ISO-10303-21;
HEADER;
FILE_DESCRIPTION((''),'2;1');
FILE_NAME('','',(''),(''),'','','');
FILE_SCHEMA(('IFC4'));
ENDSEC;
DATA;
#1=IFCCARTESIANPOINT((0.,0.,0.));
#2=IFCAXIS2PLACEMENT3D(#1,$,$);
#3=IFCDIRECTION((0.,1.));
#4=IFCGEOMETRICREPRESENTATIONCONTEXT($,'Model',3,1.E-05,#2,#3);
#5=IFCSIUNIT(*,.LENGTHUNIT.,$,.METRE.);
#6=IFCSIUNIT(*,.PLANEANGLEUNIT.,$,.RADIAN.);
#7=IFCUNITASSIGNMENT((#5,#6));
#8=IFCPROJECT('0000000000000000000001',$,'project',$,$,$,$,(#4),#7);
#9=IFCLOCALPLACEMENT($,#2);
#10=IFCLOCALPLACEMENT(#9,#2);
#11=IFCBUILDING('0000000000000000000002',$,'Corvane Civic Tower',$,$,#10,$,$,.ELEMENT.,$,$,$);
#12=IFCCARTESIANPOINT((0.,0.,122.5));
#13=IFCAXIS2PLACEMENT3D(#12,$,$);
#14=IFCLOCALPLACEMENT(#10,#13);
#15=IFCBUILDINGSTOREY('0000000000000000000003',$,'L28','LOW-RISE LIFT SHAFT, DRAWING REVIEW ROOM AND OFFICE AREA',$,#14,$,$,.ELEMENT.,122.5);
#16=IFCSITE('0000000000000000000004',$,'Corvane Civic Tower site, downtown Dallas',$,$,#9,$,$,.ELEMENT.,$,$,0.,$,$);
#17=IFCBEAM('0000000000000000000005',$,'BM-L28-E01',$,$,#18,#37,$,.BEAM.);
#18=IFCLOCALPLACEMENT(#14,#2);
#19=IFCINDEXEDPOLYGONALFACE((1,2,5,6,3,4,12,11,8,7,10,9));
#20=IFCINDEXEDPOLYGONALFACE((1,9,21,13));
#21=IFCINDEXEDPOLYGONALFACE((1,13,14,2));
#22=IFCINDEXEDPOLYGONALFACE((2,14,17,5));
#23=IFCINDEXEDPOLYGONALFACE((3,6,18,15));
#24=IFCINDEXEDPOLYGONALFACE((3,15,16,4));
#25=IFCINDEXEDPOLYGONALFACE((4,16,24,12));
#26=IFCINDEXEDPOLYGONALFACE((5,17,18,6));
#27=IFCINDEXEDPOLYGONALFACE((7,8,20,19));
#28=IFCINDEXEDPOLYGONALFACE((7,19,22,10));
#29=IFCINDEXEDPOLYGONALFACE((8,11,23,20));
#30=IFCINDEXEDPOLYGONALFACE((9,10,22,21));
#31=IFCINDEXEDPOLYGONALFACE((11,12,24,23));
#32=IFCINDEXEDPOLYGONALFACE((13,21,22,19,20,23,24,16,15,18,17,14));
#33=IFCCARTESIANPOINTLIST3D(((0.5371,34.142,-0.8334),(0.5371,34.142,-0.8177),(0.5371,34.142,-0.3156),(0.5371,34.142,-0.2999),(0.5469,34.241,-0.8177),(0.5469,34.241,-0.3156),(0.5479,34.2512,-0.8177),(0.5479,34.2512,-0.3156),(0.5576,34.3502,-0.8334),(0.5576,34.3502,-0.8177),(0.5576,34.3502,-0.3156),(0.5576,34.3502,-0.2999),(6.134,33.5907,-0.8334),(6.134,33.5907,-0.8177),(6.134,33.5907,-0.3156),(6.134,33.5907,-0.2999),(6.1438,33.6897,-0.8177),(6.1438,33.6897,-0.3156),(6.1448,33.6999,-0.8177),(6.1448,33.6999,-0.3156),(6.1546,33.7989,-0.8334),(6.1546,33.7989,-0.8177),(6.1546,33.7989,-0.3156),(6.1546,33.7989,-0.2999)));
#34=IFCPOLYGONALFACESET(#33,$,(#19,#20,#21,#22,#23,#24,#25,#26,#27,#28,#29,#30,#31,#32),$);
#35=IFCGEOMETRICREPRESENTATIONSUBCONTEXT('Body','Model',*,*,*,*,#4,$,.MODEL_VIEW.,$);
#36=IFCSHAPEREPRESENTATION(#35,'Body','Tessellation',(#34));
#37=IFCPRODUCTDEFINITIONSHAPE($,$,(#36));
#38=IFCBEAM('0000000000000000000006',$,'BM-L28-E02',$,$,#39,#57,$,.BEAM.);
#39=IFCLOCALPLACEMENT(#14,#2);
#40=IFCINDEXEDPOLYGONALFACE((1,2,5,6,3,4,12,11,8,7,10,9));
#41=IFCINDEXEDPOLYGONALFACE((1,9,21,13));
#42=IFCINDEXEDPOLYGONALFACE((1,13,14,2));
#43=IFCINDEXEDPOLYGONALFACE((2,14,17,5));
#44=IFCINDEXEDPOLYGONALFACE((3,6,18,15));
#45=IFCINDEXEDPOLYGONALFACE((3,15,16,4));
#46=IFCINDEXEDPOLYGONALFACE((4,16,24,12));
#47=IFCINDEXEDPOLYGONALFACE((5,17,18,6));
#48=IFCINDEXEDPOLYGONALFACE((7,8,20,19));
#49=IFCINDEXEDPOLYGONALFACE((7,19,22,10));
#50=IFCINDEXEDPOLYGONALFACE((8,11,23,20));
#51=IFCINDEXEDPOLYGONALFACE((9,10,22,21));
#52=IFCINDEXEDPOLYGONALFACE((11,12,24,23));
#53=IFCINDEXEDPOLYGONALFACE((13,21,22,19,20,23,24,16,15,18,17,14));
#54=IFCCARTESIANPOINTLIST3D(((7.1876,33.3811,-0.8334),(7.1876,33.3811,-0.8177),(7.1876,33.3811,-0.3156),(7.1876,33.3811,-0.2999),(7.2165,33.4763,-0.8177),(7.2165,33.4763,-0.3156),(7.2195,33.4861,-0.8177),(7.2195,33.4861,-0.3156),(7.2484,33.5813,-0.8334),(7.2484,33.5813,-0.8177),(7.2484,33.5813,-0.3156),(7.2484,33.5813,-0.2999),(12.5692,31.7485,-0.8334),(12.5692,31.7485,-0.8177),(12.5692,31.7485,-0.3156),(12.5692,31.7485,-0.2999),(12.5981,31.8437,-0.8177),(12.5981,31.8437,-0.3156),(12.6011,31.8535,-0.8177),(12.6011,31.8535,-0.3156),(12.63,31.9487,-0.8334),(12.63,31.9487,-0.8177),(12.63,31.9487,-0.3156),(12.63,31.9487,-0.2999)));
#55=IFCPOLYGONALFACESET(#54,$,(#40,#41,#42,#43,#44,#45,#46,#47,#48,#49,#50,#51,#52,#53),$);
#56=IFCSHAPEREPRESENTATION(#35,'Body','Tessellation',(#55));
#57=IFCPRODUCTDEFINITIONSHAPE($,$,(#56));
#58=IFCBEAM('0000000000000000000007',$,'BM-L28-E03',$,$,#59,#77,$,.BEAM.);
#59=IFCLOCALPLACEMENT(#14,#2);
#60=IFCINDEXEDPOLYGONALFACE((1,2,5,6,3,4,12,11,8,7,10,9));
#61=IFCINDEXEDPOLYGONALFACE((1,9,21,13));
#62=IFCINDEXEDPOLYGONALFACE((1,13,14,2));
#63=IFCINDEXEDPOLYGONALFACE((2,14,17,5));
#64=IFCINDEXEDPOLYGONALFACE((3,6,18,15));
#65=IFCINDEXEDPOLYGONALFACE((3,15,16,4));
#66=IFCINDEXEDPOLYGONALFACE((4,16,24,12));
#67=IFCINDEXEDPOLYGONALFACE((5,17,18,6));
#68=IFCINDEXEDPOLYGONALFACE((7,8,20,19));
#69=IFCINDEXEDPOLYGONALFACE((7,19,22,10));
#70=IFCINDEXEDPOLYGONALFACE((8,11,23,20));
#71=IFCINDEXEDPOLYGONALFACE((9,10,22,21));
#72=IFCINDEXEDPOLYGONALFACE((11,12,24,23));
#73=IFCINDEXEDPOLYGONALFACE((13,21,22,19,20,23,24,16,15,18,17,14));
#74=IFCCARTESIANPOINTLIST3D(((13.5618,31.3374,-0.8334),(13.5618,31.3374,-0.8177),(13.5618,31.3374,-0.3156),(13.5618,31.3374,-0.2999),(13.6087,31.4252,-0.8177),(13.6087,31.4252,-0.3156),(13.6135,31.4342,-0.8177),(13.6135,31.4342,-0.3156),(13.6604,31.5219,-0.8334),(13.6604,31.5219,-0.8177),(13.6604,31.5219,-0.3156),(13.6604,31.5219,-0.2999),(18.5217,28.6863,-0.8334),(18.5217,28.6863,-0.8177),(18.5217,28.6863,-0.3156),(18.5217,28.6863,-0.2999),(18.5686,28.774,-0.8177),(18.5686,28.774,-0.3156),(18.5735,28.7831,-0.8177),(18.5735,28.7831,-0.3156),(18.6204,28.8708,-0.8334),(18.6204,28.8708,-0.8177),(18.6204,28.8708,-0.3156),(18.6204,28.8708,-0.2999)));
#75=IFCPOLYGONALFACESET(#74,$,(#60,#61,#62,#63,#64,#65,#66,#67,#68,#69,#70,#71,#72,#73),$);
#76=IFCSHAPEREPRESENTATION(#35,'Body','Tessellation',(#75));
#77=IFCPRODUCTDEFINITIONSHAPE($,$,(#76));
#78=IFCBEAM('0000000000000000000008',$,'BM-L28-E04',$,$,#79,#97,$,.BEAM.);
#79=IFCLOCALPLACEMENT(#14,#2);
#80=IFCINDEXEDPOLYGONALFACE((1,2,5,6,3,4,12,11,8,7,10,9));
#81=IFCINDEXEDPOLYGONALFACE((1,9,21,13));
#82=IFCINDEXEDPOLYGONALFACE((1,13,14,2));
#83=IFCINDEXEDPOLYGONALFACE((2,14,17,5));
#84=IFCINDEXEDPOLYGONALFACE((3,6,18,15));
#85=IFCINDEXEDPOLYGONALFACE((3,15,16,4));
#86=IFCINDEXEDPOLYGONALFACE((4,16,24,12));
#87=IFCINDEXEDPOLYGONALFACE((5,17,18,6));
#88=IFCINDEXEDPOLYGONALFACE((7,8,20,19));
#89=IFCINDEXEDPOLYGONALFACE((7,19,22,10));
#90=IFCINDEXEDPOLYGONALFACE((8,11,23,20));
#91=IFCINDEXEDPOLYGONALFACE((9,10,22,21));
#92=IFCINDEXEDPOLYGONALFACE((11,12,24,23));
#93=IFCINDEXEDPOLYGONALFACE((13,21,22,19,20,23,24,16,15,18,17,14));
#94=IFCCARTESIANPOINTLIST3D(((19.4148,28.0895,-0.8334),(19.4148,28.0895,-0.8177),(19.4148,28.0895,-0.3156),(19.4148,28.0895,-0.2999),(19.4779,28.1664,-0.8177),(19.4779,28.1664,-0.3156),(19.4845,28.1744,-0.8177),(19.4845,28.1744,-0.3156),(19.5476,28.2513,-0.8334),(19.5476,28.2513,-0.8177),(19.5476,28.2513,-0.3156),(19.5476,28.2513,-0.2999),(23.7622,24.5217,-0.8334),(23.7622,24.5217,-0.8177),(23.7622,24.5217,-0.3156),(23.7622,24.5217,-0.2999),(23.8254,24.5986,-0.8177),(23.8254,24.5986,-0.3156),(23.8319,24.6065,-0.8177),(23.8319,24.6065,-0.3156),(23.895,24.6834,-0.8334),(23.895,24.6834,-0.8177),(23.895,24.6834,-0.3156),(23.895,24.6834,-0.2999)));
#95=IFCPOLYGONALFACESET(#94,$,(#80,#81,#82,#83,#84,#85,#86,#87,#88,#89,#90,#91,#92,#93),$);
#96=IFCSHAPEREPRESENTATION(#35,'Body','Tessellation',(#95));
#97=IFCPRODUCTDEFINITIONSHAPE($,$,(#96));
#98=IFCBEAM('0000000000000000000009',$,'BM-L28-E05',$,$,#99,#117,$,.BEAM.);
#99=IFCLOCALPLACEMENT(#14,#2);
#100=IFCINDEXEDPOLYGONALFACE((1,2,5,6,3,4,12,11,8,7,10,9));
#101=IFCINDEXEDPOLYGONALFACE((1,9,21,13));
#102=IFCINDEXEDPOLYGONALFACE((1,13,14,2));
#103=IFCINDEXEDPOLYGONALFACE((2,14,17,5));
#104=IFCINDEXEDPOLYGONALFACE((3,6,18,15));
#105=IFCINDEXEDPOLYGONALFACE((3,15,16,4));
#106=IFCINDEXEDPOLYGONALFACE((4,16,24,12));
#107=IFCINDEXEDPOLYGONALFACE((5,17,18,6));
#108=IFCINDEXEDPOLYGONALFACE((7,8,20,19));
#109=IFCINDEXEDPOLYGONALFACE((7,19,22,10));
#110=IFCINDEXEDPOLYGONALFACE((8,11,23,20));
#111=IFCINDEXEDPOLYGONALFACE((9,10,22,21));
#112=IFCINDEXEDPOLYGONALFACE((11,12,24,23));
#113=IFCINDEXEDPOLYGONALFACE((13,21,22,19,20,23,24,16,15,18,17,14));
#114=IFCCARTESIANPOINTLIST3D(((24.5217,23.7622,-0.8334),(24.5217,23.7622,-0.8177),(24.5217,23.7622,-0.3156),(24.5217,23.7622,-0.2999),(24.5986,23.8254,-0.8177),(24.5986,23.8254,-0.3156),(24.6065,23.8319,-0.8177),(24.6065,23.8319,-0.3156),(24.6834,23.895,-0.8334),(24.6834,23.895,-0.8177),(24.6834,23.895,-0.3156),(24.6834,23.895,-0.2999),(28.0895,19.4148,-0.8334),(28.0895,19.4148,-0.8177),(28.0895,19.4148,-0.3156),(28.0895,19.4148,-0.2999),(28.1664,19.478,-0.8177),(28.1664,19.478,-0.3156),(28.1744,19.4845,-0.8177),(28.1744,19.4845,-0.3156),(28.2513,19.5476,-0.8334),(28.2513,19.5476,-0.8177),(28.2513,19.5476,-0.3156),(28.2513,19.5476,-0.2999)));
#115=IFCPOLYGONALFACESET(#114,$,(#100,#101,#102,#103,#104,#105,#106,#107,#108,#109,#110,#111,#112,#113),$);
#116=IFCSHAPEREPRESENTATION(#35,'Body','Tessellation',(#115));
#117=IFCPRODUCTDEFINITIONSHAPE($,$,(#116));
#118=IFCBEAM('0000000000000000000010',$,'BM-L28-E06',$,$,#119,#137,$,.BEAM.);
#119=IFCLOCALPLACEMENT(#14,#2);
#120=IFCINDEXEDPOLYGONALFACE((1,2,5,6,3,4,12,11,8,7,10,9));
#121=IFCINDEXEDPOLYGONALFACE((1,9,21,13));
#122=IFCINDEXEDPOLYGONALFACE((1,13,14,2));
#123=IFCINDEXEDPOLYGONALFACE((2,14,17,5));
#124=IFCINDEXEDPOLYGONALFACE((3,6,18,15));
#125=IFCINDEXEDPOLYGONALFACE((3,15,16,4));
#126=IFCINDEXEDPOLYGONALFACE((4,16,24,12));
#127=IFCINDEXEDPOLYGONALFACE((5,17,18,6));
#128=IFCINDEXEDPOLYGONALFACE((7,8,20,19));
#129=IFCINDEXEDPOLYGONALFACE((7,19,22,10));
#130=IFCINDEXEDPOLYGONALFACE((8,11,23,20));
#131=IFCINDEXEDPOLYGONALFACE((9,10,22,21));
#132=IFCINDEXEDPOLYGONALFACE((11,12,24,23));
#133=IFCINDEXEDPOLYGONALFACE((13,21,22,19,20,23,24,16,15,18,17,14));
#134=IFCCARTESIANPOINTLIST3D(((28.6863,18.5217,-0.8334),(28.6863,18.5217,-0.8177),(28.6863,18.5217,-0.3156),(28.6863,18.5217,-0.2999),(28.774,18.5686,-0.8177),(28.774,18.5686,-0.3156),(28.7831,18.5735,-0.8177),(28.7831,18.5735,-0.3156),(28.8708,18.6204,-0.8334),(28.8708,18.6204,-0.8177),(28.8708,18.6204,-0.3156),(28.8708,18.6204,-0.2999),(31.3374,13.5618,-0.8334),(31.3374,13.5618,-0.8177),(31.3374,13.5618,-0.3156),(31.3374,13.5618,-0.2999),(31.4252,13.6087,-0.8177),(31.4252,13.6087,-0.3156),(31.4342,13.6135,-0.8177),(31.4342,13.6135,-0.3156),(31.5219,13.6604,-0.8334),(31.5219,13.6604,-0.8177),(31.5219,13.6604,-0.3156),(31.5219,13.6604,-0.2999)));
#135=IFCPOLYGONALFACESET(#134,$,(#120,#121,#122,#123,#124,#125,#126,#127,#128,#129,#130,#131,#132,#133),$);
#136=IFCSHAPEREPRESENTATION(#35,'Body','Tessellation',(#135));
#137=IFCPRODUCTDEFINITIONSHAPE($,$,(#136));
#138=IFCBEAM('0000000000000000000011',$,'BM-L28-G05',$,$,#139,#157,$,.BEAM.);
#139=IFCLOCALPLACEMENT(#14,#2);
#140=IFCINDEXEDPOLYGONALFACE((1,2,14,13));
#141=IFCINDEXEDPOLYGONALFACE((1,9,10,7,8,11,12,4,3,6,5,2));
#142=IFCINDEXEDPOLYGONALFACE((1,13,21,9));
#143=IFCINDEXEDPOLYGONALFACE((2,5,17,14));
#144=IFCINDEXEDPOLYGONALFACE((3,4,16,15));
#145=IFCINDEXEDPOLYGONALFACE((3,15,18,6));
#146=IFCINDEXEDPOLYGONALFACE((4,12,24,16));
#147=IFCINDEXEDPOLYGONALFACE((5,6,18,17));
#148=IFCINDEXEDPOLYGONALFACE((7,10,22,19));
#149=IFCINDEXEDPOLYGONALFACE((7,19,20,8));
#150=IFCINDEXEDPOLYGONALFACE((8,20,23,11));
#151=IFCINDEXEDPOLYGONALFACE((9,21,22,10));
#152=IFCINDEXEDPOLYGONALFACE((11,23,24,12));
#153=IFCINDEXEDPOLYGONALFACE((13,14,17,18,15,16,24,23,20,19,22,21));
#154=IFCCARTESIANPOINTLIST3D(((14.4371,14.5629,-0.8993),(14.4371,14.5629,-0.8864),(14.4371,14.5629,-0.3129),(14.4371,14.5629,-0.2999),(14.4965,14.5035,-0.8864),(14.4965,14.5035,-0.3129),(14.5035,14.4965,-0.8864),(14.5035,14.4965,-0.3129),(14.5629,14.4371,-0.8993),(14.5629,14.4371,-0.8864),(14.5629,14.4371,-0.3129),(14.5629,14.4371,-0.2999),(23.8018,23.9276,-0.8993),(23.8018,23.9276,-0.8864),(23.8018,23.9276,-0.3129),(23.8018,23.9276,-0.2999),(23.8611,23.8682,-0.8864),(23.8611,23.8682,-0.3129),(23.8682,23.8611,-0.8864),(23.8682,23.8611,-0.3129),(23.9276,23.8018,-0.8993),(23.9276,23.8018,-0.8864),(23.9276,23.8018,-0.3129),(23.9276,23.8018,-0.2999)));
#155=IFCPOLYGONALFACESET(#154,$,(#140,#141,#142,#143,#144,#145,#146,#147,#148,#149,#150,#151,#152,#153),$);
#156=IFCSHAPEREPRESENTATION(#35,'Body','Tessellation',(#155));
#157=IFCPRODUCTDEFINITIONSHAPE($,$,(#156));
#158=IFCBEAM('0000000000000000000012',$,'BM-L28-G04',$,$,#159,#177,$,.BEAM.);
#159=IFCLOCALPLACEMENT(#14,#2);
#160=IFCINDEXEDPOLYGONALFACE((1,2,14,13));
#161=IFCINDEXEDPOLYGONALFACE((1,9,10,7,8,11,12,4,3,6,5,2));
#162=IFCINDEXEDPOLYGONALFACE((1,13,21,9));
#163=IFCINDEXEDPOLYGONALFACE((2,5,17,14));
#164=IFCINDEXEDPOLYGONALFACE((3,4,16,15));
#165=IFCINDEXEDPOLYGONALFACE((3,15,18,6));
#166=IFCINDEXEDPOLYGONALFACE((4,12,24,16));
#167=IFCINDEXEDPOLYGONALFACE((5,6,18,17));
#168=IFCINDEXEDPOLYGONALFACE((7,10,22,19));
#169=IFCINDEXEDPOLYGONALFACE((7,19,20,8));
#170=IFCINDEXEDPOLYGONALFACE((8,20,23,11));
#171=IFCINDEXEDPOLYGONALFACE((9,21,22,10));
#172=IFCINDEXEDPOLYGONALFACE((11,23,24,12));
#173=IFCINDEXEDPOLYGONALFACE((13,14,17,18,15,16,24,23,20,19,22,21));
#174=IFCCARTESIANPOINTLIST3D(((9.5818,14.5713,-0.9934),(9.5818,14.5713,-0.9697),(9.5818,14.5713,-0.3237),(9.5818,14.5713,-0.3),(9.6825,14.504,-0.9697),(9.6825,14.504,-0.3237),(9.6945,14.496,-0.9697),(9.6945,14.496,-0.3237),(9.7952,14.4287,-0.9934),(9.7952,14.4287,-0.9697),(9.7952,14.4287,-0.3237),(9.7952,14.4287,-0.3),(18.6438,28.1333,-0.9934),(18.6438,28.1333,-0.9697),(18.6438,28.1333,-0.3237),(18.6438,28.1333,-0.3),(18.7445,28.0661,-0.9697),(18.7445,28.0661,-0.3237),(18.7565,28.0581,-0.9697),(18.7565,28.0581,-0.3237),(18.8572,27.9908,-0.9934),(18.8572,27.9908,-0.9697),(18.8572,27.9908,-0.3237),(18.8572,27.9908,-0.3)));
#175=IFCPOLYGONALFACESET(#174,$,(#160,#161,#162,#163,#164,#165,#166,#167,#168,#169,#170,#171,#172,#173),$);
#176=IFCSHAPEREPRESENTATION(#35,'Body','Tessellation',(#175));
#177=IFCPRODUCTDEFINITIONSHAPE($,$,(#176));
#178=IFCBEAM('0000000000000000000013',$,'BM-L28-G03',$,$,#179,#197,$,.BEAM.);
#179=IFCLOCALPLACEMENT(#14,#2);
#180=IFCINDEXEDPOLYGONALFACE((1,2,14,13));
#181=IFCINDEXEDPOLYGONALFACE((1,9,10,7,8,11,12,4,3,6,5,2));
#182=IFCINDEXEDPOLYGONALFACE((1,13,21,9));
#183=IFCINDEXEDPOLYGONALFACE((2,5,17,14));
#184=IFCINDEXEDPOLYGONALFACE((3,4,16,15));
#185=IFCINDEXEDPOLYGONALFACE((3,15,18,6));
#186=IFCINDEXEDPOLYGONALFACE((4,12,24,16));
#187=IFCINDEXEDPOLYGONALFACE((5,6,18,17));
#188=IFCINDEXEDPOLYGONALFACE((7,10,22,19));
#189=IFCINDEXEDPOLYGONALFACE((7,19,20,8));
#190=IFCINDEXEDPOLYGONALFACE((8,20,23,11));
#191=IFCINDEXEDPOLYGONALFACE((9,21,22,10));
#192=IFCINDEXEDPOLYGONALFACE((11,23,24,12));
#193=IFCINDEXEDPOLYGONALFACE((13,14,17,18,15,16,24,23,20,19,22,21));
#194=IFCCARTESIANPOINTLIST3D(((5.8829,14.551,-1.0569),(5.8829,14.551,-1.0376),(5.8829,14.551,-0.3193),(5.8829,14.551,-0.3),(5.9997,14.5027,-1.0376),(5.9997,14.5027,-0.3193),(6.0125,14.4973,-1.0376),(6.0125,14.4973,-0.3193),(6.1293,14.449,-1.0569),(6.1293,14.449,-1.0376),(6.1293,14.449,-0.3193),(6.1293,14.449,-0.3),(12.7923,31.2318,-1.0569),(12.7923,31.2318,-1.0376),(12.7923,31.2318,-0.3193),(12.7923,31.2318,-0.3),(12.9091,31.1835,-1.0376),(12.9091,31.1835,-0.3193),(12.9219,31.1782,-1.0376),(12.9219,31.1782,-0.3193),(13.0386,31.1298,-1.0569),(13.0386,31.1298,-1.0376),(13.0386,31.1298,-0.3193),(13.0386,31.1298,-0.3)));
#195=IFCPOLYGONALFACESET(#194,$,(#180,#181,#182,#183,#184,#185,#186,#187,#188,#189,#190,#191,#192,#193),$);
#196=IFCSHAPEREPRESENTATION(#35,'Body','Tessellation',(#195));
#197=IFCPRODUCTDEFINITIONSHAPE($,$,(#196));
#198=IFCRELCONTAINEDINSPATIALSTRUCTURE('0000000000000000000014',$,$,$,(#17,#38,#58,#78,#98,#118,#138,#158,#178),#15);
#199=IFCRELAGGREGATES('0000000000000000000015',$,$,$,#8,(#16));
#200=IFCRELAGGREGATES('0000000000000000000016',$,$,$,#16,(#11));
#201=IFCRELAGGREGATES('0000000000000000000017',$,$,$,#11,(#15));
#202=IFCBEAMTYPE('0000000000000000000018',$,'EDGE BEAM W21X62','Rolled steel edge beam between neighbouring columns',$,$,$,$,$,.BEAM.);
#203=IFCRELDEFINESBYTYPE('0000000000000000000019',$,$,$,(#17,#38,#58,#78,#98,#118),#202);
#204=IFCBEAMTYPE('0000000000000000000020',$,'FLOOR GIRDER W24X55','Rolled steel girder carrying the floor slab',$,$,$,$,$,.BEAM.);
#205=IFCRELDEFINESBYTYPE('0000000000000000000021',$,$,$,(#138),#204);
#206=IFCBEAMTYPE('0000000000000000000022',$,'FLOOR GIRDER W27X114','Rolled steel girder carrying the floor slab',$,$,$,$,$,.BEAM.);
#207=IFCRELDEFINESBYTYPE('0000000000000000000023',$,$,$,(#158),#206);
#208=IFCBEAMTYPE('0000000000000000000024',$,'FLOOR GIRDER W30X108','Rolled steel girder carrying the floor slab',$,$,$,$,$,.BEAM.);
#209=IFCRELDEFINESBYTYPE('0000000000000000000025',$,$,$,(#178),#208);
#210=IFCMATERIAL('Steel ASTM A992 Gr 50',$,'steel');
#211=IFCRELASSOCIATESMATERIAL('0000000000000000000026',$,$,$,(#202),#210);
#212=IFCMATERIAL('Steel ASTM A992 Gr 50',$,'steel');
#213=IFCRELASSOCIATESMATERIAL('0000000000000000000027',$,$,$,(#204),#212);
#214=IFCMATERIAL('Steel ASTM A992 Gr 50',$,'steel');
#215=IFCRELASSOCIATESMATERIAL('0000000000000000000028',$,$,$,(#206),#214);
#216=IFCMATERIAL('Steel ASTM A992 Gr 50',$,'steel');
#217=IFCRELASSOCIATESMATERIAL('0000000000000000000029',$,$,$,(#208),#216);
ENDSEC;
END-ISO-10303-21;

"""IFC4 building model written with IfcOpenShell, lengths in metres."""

from ifc_helpers import new_model, si_unit, direction, frame, origin, origin_2d, place, context, subcontext, project, spatial, i_section, extrude, material, material_profile, profile_set, type_object, element, save


model = new_model("IFC4")

# Units and contexts
model_context = context("Model", 3, precision=1e-05, world=origin(), true_north=direction((0.0, 1.0)))
body_context = subcontext(model_context, "Body", "Model", "MODEL_VIEW")
ifc_project = project(units=[si_unit("LENGTHUNIT", "METRE"), si_unit("PLANEANGLEUNIT", "RADIAN")], contexts=[model_context])

# Site, building, storey
site_placement = place(None, origin())
site = spatial("IfcSite", under=ifc_project, at=site_placement, Name="Corvane Civic Tower site, downtown Dallas", CompositionType="ELEMENT", RefElevation=0.0)
building_placement = place(site_placement, origin())
building = spatial("IfcBuilding", under=site, at=building_placement, Name="Corvane Civic Tower", CompositionType="ELEMENT")
storey_placement = place(building_placement, frame((0.0, 0.0, 122.5)))
storey = spatial("IfcBuildingStorey", under=building, at=storey_placement, Name="L28", Description="LOW-RISE LIFT SHAFT, DRAWING REVIEW ROOM AND OFFICE AREA", CompositionType="ELEMENT", Elevation=122.5)

# Beams
ifc_material_1 = material(Name="Steel ASTM A992 Gr 50", Category="steel")
ifc_material_profile_1 = material_profile(ifc_material_1, i_section(OverallWidth=0.2092, OverallDepth=0.5334, WebThickness=0.0103, FlangeThickness=0.0156, at=origin_2d()), Name="W21X62")
ifc_profile_set_1 = profile_set([ifc_material_profile_1], Name="Steel ASTM A992 Gr 50")
beam_type_1 = type_object("IfcBeamType", Name="EDGE BEAM W21X62", Description="Rolled steel edge beam between neighbouring columns", PredefinedType="BEAM", material=ifc_profile_set_1)
beam_1_placement = place(storey_placement, frame((0.5474, 34.2461, -0.5667), z_axis=(0.995184, -0.098021, 0.0), x_axis=(0.098021, 0.995184, 0.0)))
element("IfcBeam", 1, at=beam_1_placement, inside=storey, type_object=beam_type_1, Name="BM-L28-E01", PredefinedType="BEAM", context=body_context, shape_type="SweptSolid", body=[
    extrude(i_section(OverallWidth=0.2092, OverallDepth=0.5334, WebThickness=0.0103, FlangeThickness=0.0156, at=origin_2d()), origin(), (0.0, 0.0, 1.0), 5.624),
])
beam_2_placement = place(storey_placement, frame((7.218, 33.4812, -0.5667), z_axis=(0.956936, -0.290298, 0.0), x_axis=(0.290298, 0.956936, 0.0)))
element("IfcBeam", 2, at=beam_2_placement, inside=storey, type_object=beam_type_1, Name="BM-L28-E02", PredefinedType="BEAM", context=body_context, shape_type="SweptSolid", body=[
    extrude(i_section(OverallWidth=0.2092, OverallDepth=0.5334, WebThickness=0.0103, FlangeThickness=0.0156, at=origin_2d()), origin(), (0.0, 0.0, 1.0), 5.6238),
])
for number, where, z_axis, x_axis, name in (
    (3, (13.6111, 31.4297, -0.5667), (0.881924, -0.471392, 0.0), (0.471392, 0.881924, 0.0), "BM-L28-E03"),
    (4, (19.4812, 28.1704, -0.5667), (0.773007, -0.634398, 0.0), (0.634398, 0.773007, 0.0), "BM-L28-E04"),
    (5, (24.6025, 23.8286, -0.5667), (0.634398, -0.773007, 0.0), (0.773007, 0.634398, 0.0), "BM-L28-E05"),
    (6, (28.7786, 18.571, -0.5667), (0.471392, -0.881924, 0.0), (0.881924, 0.471392, 0.0), "BM-L28-E06"),
):
    element("IfcBeam", number, at=place(storey_placement, frame(where, z_axis=z_axis, x_axis=x_axis)), inside=storey, type_object=beam_type_1, Name=name, PredefinedType="BEAM", context=body_context, shape_type="SweptSolid", body=[
        extrude(i_section(OverallWidth=0.2092, OverallDepth=0.5334, WebThickness=0.0103, FlangeThickness=0.0156, at=origin_2d()), origin(), (0.0, 0.0, 1.0), 5.624),
    ])
ifc_material_2 = material(Name="Steel ASTM A992 Gr 50", Category="steel")
ifc_material_profile_2 = material_profile(ifc_material_2, i_section(OverallWidth=0.178, OverallDepth=0.5994, WebThickness=0.01, FlangeThickness=0.0129, at=origin_2d()), Name="W24X55")
ifc_profile_set_2 = profile_set([ifc_material_profile_2], Name="Steel ASTM A992 Gr 50")
beam_type_2 = type_object("IfcBeamType", Name="FLOOR GIRDER W24X55", Description="Rolled steel girder carrying the floor slab", PredefinedType="BEAM", material=ifc_profile_set_2)
beam_3_placement = place(storey_placement, frame((14.5, 14.5, -0.5996), z_axis=(0.707107, 0.707107, 0.0), x_axis=(-0.707107, 0.707107, 0.0)))
element("IfcBeam", 7, at=beam_3_placement, inside=storey, type_object=beam_type_2, Name="BM-L28-G05", PredefinedType="BEAM", context=body_context, shape_type="SweptSolid", body=[
    extrude(i_section(OverallWidth=0.178, OverallDepth=0.5994, WebThickness=0.01, FlangeThickness=0.0129, at=origin_2d()), origin(), (0.0, 0.0, 1.0), 13.2437),
])
ifc_material_3 = material(Name="Steel ASTM A992 Gr 50", Category="steel")
ifc_material_profile_3 = material_profile(ifc_material_3, i_section(OverallWidth=0.2566, OverallDepth=0.6934, WebThickness=0.0144, FlangeThickness=0.0237, at=origin_2d()), Name="W27X114")
ifc_profile_set_3 = profile_set([ifc_material_profile_3], Name="Steel ASTM A992 Gr 50")
beam_type_3 = type_object("IfcBeamType", Name="FLOOR GIRDER W27X114", Description="Rolled steel girder carrying the floor slab", PredefinedType="BEAM", material=ifc_profile_set_3)
beam_4_placement = place(storey_placement, frame((9.6885, 14.5, -0.6467), z_axis=(0.555577, 0.831465, 0.0), x_axis=(-0.831465, 0.555577, 0.0)))
element("IfcBeam", 8, at=beam_4_placement, inside=storey, type_object=beam_type_3, Name="BM-L28-G04", PredefinedType="BEAM", context=body_context, shape_type="SweptSolid", body=[
    extrude(i_section(OverallWidth=0.2566, OverallDepth=0.6934, WebThickness=0.0144, FlangeThickness=0.0237, at=origin_2d()), origin(), (0.0, 0.0, 1.0), 16.311),
])
ifc_material_4 = material(Name="Steel ASTM A992 Gr 50", Category="steel")
ifc_material_profile_4 = material_profile(ifc_material_4, i_section(OverallWidth=0.2666, OverallDepth=0.7568, WebThickness=0.0139, FlangeThickness=0.0193, at=origin_2d()), Name="W30X108")
ifc_profile_set_4 = profile_set([ifc_material_profile_4], Name="Steel ASTM A992 Gr 50")
beam_type_4 = type_object("IfcBeamType", Name="FLOOR GIRDER W30X108", Description="Rolled steel girder carrying the floor slab", PredefinedType="BEAM", material=ifc_profile_set_4)
beam_5_placement = place(storey_placement, frame((6.0061, 14.5, -0.6785), z_axis=(0.382682, 0.92388, 0.0), x_axis=(-0.92388, 0.382682, 0.0)))
element("IfcBeam", 9, at=beam_5_placement, inside=storey, type_object=beam_type_4, Name="BM-L28-G03", PredefinedType="BEAM", context=body_context, shape_type="SweptSolid", body=[
    extrude(i_section(OverallWidth=0.2666, OverallDepth=0.7568, WebThickness=0.0139, FlangeThickness=0.0193, at=origin_2d()), origin(), (0.0, 0.0, 1.0), 18.0552),
])

save(model, "model.ifc")
